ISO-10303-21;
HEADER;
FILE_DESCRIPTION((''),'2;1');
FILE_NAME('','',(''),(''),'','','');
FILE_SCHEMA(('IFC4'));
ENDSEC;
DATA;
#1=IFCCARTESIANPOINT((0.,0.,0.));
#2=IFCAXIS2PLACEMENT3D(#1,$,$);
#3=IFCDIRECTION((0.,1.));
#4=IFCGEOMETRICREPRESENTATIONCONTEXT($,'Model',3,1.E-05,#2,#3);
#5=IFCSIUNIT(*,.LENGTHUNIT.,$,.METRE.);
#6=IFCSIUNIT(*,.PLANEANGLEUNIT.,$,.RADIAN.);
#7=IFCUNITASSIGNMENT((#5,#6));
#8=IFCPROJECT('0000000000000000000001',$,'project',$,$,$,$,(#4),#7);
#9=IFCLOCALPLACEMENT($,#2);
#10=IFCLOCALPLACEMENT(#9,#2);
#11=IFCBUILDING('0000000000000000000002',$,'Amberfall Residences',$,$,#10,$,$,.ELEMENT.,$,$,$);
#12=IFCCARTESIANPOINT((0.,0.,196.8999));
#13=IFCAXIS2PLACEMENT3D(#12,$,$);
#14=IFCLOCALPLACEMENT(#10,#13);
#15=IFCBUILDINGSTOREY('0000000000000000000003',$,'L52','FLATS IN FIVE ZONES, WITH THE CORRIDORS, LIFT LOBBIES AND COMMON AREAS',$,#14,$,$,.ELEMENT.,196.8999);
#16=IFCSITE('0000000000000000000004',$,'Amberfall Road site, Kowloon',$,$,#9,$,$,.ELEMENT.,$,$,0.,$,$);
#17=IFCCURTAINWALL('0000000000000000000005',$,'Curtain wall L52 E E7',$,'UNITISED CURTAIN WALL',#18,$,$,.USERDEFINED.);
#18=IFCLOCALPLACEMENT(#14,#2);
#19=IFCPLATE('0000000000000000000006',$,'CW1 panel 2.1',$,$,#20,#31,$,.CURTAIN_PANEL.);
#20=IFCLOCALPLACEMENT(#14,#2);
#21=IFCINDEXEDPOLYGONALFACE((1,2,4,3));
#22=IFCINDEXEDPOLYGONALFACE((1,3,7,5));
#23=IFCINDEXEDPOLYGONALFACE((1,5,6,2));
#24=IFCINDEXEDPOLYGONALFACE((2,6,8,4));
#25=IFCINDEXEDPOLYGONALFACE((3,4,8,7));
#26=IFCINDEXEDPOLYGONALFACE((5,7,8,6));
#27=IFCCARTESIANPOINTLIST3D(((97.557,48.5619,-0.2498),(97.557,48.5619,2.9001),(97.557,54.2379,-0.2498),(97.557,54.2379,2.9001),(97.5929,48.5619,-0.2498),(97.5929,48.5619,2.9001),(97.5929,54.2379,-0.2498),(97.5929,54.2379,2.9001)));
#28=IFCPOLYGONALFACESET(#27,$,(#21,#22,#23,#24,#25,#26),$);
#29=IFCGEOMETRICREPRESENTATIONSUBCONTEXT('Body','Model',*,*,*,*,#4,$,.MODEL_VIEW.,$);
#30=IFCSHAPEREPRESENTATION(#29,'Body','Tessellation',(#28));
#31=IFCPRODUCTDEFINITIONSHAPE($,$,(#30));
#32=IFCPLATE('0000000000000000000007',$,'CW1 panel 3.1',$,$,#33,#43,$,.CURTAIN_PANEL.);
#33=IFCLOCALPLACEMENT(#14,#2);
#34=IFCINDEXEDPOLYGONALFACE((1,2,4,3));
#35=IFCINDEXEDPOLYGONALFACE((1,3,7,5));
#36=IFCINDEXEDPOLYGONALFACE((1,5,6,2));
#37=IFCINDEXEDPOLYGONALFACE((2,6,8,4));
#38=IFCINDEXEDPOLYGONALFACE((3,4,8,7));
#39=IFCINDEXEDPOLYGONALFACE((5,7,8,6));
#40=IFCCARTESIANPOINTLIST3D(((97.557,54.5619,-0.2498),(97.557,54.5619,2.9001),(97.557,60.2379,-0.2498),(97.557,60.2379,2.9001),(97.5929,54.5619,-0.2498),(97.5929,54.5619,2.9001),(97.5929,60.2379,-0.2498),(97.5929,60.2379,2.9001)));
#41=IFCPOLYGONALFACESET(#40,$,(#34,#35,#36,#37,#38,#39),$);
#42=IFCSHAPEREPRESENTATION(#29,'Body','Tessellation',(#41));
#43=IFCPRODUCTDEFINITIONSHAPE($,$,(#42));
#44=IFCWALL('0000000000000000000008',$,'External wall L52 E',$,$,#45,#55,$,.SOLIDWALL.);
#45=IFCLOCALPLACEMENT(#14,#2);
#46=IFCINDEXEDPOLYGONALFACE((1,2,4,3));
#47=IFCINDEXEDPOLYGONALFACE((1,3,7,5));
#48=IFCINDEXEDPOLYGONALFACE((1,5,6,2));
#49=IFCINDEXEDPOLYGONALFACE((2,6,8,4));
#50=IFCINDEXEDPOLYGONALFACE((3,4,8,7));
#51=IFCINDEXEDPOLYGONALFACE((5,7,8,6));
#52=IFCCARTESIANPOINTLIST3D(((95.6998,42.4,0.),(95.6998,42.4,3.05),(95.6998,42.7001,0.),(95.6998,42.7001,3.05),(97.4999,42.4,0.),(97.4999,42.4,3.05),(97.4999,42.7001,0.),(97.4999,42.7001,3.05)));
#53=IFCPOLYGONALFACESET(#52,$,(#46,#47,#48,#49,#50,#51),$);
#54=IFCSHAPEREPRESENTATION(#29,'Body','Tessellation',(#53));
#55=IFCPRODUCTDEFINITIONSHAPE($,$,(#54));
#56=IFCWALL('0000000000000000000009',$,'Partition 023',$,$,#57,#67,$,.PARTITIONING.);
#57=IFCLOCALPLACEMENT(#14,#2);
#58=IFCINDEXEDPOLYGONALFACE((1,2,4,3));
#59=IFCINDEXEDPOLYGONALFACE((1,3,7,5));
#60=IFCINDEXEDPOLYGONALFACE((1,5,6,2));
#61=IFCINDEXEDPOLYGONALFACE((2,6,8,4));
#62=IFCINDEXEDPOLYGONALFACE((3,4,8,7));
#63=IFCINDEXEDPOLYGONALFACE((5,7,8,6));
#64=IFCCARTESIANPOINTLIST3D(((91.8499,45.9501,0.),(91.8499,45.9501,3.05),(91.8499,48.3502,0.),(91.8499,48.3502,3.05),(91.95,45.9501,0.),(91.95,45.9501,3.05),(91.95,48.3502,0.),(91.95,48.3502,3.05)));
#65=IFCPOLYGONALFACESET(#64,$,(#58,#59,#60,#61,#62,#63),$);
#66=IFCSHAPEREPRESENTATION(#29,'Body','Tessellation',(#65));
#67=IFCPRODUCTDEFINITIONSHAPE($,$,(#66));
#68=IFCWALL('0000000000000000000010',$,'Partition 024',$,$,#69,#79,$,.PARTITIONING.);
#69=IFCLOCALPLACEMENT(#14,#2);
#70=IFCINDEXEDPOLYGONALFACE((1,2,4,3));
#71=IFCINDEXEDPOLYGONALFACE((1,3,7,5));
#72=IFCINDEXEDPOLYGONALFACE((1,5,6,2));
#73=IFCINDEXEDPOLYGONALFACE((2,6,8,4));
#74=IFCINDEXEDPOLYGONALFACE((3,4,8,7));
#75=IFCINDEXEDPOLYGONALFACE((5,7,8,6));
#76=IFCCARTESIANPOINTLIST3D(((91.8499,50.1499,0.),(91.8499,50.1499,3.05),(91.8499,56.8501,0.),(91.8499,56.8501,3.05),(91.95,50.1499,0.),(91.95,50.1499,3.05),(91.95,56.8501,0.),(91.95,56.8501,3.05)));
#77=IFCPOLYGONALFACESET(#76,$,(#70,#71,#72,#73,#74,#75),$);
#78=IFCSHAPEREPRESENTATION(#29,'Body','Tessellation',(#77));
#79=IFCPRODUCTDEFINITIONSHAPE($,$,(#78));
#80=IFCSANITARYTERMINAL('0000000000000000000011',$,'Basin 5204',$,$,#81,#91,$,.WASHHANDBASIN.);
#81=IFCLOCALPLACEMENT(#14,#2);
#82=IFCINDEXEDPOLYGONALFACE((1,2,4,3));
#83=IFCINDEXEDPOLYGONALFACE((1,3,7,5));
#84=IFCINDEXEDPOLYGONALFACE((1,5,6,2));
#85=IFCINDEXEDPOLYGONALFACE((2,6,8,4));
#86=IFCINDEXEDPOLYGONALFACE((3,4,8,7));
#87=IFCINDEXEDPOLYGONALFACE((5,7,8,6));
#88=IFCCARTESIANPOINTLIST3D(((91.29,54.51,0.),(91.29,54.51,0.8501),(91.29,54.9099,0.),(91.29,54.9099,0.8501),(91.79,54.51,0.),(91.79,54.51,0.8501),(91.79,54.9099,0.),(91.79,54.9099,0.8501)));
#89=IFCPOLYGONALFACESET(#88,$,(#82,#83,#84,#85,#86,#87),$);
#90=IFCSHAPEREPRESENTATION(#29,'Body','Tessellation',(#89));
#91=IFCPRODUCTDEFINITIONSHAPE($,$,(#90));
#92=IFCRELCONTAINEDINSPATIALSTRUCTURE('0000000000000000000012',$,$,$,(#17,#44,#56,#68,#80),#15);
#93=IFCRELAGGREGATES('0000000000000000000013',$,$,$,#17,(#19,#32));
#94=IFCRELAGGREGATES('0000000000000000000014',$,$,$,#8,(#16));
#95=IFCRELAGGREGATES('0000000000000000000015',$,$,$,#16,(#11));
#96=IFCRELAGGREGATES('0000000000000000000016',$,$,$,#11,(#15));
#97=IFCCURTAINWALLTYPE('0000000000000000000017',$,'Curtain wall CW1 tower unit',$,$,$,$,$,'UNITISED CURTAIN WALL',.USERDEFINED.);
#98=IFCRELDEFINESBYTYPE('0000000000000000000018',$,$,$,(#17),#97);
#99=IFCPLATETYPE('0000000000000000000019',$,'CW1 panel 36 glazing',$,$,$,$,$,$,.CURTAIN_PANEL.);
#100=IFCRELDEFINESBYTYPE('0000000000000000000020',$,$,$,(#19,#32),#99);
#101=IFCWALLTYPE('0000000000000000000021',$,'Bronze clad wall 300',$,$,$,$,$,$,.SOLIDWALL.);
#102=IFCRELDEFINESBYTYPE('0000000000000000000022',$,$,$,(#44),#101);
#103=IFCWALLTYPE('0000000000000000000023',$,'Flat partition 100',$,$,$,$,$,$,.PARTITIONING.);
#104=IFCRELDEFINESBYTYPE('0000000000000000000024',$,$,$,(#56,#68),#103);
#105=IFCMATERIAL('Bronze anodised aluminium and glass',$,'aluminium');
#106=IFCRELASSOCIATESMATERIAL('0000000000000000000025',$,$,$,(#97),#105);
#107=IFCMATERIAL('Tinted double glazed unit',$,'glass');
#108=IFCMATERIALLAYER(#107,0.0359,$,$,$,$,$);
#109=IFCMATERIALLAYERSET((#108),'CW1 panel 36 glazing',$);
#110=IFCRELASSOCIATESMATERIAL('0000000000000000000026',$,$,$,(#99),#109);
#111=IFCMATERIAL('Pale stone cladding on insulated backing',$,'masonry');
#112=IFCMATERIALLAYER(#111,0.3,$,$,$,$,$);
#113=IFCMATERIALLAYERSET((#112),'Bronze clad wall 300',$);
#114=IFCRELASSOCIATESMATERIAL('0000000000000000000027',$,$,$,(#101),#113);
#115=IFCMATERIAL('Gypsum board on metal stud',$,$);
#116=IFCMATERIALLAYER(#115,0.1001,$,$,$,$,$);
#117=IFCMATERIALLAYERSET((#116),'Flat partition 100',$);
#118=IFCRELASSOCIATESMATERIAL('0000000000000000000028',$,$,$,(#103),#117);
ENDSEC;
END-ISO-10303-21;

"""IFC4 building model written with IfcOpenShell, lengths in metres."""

from ifc_helpers import new_model, si_unit, direction, frame, frame_2d, origin, origin_2d, place, context, subcontext, project, spatial, rectangle, extrude, material, layer, layer_set, type_object, element, aggregate, save


model = new_model("IFC4")

# Units and contexts
model_context = context("Model", 3, precision=1e-05, world=origin(), true_north=direction((0.0, 1.0)))
body_context = subcontext(model_context, "Body", "Model", "MODEL_VIEW")
ifc_project = project(units=[si_unit("LENGTHUNIT", "METRE"), si_unit("PLANEANGLEUNIT", "RADIAN")], contexts=[model_context])

# Site, building, storey
site_placement = place(None, origin())
site = spatial("IfcSite", under=ifc_project, at=site_placement, Name="Amberfall Road site, Kowloon", CompositionType="ELEMENT", RefElevation=0.0)
building_placement = place(site_placement, origin())
building = spatial("IfcBuilding", under=site, at=building_placement, Name="Amberfall Residences", CompositionType="ELEMENT")
storey_placement = place(building_placement, frame((0.0, 0.0, 196.8999)))
storey = spatial("IfcBuildingStorey", under=building, at=storey_placement, Name="L52", Description="FLATS IN FIVE ZONES, WITH THE CORRIDORS, LIFT LOBBIES AND COMMON AREAS", CompositionType="ELEMENT", Elevation=196.8999)

# Curtain wall
ifc_material_1 = material(Name="Bronze anodised aluminium and glass", Category="aluminium")
curtain_wall_type = type_object("IfcCurtainWallType", Name="Curtain wall CW1 tower unit", ElementType="UNITISED CURTAIN WALL", PredefinedType="USERDEFINED", material=ifc_material_1)
curtain_wall_placement = place(storey_placement, origin())
curtain_wall = element("IfcCurtainWall", 1, at=curtain_wall_placement, inside=storey, type_object=curtain_wall_type, Name="Curtain wall L52 E E7", ObjectType="UNITISED CURTAIN WALL", PredefinedType="USERDEFINED")

# Plates
ifc_material_2 = material(Name="Tinted double glazed unit", Category="glass")
ifc_layer_1 = layer(ifc_material_2, 0.0359)
ifc_layer_set_1 = layer_set([ifc_layer_1], Name="CW1 panel 36 glazing")
plate_type = type_object("IfcPlateType", Name="CW1 panel 36 glazing", PredefinedType="CURTAIN_PANEL", material=ifc_layer_set_1)
plate_1_placement = place(storey_placement, frame((97.575, 51.3999, -0.2498), z_axis=(0.0, 0.0, 1.0), x_axis=(0.0, 1.0, 0.0)))
plate_1 = element("IfcPlate", 2, at=plate_1_placement, type_object=plate_type, Name="CW1 panel 2.1", PredefinedType="CURTAIN_PANEL", context=body_context, shape_type="SweptSolid", body=[
    extrude(rectangle(XDim=5.676, YDim=0.0359, at=origin_2d()), origin(), (0.0, 0.0, 1.0), 3.1499),
])
plate_2_placement = place(storey_placement, frame((97.575, 57.3999, -0.2498), z_axis=(0.0, 0.0, 1.0), x_axis=(0.0, 1.0, 0.0)))
plate_2 = element("IfcPlate", 3, at=plate_2_placement, type_object=plate_type, Name="CW1 panel 3.1", PredefinedType="CURTAIN_PANEL", context=body_context, shape_type="SweptSolid", body=[
    extrude(rectangle(XDim=5.676, YDim=0.0359, at=origin_2d()), origin(), (0.0, 0.0, 1.0), 3.1499),
])
aggregate(curtain_wall, [plate_1, plate_2])

# Walls
ifc_material_3 = material(Name="Pale stone cladding on insulated backing", Category="masonry")
ifc_layer_2 = layer(ifc_material_3, 0.3)
ifc_layer_set_2 = layer_set([ifc_layer_2], Name="Bronze clad wall 300")
wall_type_1 = type_object("IfcWallType", Name="Bronze clad wall 300", PredefinedType="SOLIDWALL", material=ifc_layer_set_2)
wall_1_placement = place(storey_placement, frame((95.7, 42.55, 0.0), z_axis=(0.0, 0.0, 1.0), x_axis=(1.0, 0.0, 0.0)))
element("IfcWall", 4, at=wall_1_placement, inside=storey, type_object=wall_type_1, Name="External wall L52 E", PredefinedType="SOLIDWALL", context=body_context, shape_type="SweptSolid", body=[
    extrude(rectangle(XDim=1.8, YDim=0.3, at=frame_2d((0.8999, 0.0))), origin(), (0.0, 0.0, 1.0), 3.05),
])
ifc_material_4 = material(Name="Gypsum board on metal stud")
ifc_layer_3 = layer(ifc_material_4, 0.1001)
ifc_layer_set_3 = layer_set([ifc_layer_3], Name="Flat partition 100")
wall_type_2 = type_object("IfcWallType", Name="Flat partition 100", PredefinedType="PARTITIONING", material=ifc_layer_set_3)
wall_2_placement = place(storey_placement, frame((91.8999, 45.95, 0.0), z_axis=(0.0, 0.0, 1.0), x_axis=(0.0, 1.0, 0.0)))
element("IfcWall", 5, at=wall_2_placement, inside=storey, type_object=wall_type_2, Name="Partition 023", PredefinedType="PARTITIONING", context=body_context, shape_type="SweptSolid", body=[
    extrude(rectangle(XDim=2.4001, YDim=0.1001, at=frame_2d((1.2002, 0.0))), origin(), (0.0, 0.0, 1.0), 3.05),
])
wall_3_placement = place(storey_placement, frame((91.8999, 50.1499, 0.0), z_axis=(0.0, 0.0, 1.0), x_axis=(0.0, 1.0, 0.0)))
element("IfcWall", 6, at=wall_3_placement, inside=storey, type_object=wall_type_2, Name="Partition 024", PredefinedType="PARTITIONING", context=body_context, shape_type="SweptSolid", body=[
    extrude(rectangle(XDim=6.7002, YDim=0.1001, at=frame_2d((3.3501, 0.0))), origin(), (0.0, 0.0, 1.0), 3.05),
])

# Sanitary terminal
sanitary_terminal_placement = place(storey_placement, frame((91.54, 54.71, 0.0), z_axis=(0.0, 0.0, 1.0), x_axis=(1.0, 0.0, 0.0)))
element("IfcSanitaryTerminal", 7, at=sanitary_terminal_placement, inside=storey, Name="Basin 5204", PredefinedType="WASHHANDBASIN", context=body_context, shape_type="SweptSolid", body=[
    extrude(rectangle(XDim=0.5, YDim=0.3999, at=origin_2d()), origin(), (0.0, 0.0, 1.0), 0.8501),
])

save(model, "model.ifc")
